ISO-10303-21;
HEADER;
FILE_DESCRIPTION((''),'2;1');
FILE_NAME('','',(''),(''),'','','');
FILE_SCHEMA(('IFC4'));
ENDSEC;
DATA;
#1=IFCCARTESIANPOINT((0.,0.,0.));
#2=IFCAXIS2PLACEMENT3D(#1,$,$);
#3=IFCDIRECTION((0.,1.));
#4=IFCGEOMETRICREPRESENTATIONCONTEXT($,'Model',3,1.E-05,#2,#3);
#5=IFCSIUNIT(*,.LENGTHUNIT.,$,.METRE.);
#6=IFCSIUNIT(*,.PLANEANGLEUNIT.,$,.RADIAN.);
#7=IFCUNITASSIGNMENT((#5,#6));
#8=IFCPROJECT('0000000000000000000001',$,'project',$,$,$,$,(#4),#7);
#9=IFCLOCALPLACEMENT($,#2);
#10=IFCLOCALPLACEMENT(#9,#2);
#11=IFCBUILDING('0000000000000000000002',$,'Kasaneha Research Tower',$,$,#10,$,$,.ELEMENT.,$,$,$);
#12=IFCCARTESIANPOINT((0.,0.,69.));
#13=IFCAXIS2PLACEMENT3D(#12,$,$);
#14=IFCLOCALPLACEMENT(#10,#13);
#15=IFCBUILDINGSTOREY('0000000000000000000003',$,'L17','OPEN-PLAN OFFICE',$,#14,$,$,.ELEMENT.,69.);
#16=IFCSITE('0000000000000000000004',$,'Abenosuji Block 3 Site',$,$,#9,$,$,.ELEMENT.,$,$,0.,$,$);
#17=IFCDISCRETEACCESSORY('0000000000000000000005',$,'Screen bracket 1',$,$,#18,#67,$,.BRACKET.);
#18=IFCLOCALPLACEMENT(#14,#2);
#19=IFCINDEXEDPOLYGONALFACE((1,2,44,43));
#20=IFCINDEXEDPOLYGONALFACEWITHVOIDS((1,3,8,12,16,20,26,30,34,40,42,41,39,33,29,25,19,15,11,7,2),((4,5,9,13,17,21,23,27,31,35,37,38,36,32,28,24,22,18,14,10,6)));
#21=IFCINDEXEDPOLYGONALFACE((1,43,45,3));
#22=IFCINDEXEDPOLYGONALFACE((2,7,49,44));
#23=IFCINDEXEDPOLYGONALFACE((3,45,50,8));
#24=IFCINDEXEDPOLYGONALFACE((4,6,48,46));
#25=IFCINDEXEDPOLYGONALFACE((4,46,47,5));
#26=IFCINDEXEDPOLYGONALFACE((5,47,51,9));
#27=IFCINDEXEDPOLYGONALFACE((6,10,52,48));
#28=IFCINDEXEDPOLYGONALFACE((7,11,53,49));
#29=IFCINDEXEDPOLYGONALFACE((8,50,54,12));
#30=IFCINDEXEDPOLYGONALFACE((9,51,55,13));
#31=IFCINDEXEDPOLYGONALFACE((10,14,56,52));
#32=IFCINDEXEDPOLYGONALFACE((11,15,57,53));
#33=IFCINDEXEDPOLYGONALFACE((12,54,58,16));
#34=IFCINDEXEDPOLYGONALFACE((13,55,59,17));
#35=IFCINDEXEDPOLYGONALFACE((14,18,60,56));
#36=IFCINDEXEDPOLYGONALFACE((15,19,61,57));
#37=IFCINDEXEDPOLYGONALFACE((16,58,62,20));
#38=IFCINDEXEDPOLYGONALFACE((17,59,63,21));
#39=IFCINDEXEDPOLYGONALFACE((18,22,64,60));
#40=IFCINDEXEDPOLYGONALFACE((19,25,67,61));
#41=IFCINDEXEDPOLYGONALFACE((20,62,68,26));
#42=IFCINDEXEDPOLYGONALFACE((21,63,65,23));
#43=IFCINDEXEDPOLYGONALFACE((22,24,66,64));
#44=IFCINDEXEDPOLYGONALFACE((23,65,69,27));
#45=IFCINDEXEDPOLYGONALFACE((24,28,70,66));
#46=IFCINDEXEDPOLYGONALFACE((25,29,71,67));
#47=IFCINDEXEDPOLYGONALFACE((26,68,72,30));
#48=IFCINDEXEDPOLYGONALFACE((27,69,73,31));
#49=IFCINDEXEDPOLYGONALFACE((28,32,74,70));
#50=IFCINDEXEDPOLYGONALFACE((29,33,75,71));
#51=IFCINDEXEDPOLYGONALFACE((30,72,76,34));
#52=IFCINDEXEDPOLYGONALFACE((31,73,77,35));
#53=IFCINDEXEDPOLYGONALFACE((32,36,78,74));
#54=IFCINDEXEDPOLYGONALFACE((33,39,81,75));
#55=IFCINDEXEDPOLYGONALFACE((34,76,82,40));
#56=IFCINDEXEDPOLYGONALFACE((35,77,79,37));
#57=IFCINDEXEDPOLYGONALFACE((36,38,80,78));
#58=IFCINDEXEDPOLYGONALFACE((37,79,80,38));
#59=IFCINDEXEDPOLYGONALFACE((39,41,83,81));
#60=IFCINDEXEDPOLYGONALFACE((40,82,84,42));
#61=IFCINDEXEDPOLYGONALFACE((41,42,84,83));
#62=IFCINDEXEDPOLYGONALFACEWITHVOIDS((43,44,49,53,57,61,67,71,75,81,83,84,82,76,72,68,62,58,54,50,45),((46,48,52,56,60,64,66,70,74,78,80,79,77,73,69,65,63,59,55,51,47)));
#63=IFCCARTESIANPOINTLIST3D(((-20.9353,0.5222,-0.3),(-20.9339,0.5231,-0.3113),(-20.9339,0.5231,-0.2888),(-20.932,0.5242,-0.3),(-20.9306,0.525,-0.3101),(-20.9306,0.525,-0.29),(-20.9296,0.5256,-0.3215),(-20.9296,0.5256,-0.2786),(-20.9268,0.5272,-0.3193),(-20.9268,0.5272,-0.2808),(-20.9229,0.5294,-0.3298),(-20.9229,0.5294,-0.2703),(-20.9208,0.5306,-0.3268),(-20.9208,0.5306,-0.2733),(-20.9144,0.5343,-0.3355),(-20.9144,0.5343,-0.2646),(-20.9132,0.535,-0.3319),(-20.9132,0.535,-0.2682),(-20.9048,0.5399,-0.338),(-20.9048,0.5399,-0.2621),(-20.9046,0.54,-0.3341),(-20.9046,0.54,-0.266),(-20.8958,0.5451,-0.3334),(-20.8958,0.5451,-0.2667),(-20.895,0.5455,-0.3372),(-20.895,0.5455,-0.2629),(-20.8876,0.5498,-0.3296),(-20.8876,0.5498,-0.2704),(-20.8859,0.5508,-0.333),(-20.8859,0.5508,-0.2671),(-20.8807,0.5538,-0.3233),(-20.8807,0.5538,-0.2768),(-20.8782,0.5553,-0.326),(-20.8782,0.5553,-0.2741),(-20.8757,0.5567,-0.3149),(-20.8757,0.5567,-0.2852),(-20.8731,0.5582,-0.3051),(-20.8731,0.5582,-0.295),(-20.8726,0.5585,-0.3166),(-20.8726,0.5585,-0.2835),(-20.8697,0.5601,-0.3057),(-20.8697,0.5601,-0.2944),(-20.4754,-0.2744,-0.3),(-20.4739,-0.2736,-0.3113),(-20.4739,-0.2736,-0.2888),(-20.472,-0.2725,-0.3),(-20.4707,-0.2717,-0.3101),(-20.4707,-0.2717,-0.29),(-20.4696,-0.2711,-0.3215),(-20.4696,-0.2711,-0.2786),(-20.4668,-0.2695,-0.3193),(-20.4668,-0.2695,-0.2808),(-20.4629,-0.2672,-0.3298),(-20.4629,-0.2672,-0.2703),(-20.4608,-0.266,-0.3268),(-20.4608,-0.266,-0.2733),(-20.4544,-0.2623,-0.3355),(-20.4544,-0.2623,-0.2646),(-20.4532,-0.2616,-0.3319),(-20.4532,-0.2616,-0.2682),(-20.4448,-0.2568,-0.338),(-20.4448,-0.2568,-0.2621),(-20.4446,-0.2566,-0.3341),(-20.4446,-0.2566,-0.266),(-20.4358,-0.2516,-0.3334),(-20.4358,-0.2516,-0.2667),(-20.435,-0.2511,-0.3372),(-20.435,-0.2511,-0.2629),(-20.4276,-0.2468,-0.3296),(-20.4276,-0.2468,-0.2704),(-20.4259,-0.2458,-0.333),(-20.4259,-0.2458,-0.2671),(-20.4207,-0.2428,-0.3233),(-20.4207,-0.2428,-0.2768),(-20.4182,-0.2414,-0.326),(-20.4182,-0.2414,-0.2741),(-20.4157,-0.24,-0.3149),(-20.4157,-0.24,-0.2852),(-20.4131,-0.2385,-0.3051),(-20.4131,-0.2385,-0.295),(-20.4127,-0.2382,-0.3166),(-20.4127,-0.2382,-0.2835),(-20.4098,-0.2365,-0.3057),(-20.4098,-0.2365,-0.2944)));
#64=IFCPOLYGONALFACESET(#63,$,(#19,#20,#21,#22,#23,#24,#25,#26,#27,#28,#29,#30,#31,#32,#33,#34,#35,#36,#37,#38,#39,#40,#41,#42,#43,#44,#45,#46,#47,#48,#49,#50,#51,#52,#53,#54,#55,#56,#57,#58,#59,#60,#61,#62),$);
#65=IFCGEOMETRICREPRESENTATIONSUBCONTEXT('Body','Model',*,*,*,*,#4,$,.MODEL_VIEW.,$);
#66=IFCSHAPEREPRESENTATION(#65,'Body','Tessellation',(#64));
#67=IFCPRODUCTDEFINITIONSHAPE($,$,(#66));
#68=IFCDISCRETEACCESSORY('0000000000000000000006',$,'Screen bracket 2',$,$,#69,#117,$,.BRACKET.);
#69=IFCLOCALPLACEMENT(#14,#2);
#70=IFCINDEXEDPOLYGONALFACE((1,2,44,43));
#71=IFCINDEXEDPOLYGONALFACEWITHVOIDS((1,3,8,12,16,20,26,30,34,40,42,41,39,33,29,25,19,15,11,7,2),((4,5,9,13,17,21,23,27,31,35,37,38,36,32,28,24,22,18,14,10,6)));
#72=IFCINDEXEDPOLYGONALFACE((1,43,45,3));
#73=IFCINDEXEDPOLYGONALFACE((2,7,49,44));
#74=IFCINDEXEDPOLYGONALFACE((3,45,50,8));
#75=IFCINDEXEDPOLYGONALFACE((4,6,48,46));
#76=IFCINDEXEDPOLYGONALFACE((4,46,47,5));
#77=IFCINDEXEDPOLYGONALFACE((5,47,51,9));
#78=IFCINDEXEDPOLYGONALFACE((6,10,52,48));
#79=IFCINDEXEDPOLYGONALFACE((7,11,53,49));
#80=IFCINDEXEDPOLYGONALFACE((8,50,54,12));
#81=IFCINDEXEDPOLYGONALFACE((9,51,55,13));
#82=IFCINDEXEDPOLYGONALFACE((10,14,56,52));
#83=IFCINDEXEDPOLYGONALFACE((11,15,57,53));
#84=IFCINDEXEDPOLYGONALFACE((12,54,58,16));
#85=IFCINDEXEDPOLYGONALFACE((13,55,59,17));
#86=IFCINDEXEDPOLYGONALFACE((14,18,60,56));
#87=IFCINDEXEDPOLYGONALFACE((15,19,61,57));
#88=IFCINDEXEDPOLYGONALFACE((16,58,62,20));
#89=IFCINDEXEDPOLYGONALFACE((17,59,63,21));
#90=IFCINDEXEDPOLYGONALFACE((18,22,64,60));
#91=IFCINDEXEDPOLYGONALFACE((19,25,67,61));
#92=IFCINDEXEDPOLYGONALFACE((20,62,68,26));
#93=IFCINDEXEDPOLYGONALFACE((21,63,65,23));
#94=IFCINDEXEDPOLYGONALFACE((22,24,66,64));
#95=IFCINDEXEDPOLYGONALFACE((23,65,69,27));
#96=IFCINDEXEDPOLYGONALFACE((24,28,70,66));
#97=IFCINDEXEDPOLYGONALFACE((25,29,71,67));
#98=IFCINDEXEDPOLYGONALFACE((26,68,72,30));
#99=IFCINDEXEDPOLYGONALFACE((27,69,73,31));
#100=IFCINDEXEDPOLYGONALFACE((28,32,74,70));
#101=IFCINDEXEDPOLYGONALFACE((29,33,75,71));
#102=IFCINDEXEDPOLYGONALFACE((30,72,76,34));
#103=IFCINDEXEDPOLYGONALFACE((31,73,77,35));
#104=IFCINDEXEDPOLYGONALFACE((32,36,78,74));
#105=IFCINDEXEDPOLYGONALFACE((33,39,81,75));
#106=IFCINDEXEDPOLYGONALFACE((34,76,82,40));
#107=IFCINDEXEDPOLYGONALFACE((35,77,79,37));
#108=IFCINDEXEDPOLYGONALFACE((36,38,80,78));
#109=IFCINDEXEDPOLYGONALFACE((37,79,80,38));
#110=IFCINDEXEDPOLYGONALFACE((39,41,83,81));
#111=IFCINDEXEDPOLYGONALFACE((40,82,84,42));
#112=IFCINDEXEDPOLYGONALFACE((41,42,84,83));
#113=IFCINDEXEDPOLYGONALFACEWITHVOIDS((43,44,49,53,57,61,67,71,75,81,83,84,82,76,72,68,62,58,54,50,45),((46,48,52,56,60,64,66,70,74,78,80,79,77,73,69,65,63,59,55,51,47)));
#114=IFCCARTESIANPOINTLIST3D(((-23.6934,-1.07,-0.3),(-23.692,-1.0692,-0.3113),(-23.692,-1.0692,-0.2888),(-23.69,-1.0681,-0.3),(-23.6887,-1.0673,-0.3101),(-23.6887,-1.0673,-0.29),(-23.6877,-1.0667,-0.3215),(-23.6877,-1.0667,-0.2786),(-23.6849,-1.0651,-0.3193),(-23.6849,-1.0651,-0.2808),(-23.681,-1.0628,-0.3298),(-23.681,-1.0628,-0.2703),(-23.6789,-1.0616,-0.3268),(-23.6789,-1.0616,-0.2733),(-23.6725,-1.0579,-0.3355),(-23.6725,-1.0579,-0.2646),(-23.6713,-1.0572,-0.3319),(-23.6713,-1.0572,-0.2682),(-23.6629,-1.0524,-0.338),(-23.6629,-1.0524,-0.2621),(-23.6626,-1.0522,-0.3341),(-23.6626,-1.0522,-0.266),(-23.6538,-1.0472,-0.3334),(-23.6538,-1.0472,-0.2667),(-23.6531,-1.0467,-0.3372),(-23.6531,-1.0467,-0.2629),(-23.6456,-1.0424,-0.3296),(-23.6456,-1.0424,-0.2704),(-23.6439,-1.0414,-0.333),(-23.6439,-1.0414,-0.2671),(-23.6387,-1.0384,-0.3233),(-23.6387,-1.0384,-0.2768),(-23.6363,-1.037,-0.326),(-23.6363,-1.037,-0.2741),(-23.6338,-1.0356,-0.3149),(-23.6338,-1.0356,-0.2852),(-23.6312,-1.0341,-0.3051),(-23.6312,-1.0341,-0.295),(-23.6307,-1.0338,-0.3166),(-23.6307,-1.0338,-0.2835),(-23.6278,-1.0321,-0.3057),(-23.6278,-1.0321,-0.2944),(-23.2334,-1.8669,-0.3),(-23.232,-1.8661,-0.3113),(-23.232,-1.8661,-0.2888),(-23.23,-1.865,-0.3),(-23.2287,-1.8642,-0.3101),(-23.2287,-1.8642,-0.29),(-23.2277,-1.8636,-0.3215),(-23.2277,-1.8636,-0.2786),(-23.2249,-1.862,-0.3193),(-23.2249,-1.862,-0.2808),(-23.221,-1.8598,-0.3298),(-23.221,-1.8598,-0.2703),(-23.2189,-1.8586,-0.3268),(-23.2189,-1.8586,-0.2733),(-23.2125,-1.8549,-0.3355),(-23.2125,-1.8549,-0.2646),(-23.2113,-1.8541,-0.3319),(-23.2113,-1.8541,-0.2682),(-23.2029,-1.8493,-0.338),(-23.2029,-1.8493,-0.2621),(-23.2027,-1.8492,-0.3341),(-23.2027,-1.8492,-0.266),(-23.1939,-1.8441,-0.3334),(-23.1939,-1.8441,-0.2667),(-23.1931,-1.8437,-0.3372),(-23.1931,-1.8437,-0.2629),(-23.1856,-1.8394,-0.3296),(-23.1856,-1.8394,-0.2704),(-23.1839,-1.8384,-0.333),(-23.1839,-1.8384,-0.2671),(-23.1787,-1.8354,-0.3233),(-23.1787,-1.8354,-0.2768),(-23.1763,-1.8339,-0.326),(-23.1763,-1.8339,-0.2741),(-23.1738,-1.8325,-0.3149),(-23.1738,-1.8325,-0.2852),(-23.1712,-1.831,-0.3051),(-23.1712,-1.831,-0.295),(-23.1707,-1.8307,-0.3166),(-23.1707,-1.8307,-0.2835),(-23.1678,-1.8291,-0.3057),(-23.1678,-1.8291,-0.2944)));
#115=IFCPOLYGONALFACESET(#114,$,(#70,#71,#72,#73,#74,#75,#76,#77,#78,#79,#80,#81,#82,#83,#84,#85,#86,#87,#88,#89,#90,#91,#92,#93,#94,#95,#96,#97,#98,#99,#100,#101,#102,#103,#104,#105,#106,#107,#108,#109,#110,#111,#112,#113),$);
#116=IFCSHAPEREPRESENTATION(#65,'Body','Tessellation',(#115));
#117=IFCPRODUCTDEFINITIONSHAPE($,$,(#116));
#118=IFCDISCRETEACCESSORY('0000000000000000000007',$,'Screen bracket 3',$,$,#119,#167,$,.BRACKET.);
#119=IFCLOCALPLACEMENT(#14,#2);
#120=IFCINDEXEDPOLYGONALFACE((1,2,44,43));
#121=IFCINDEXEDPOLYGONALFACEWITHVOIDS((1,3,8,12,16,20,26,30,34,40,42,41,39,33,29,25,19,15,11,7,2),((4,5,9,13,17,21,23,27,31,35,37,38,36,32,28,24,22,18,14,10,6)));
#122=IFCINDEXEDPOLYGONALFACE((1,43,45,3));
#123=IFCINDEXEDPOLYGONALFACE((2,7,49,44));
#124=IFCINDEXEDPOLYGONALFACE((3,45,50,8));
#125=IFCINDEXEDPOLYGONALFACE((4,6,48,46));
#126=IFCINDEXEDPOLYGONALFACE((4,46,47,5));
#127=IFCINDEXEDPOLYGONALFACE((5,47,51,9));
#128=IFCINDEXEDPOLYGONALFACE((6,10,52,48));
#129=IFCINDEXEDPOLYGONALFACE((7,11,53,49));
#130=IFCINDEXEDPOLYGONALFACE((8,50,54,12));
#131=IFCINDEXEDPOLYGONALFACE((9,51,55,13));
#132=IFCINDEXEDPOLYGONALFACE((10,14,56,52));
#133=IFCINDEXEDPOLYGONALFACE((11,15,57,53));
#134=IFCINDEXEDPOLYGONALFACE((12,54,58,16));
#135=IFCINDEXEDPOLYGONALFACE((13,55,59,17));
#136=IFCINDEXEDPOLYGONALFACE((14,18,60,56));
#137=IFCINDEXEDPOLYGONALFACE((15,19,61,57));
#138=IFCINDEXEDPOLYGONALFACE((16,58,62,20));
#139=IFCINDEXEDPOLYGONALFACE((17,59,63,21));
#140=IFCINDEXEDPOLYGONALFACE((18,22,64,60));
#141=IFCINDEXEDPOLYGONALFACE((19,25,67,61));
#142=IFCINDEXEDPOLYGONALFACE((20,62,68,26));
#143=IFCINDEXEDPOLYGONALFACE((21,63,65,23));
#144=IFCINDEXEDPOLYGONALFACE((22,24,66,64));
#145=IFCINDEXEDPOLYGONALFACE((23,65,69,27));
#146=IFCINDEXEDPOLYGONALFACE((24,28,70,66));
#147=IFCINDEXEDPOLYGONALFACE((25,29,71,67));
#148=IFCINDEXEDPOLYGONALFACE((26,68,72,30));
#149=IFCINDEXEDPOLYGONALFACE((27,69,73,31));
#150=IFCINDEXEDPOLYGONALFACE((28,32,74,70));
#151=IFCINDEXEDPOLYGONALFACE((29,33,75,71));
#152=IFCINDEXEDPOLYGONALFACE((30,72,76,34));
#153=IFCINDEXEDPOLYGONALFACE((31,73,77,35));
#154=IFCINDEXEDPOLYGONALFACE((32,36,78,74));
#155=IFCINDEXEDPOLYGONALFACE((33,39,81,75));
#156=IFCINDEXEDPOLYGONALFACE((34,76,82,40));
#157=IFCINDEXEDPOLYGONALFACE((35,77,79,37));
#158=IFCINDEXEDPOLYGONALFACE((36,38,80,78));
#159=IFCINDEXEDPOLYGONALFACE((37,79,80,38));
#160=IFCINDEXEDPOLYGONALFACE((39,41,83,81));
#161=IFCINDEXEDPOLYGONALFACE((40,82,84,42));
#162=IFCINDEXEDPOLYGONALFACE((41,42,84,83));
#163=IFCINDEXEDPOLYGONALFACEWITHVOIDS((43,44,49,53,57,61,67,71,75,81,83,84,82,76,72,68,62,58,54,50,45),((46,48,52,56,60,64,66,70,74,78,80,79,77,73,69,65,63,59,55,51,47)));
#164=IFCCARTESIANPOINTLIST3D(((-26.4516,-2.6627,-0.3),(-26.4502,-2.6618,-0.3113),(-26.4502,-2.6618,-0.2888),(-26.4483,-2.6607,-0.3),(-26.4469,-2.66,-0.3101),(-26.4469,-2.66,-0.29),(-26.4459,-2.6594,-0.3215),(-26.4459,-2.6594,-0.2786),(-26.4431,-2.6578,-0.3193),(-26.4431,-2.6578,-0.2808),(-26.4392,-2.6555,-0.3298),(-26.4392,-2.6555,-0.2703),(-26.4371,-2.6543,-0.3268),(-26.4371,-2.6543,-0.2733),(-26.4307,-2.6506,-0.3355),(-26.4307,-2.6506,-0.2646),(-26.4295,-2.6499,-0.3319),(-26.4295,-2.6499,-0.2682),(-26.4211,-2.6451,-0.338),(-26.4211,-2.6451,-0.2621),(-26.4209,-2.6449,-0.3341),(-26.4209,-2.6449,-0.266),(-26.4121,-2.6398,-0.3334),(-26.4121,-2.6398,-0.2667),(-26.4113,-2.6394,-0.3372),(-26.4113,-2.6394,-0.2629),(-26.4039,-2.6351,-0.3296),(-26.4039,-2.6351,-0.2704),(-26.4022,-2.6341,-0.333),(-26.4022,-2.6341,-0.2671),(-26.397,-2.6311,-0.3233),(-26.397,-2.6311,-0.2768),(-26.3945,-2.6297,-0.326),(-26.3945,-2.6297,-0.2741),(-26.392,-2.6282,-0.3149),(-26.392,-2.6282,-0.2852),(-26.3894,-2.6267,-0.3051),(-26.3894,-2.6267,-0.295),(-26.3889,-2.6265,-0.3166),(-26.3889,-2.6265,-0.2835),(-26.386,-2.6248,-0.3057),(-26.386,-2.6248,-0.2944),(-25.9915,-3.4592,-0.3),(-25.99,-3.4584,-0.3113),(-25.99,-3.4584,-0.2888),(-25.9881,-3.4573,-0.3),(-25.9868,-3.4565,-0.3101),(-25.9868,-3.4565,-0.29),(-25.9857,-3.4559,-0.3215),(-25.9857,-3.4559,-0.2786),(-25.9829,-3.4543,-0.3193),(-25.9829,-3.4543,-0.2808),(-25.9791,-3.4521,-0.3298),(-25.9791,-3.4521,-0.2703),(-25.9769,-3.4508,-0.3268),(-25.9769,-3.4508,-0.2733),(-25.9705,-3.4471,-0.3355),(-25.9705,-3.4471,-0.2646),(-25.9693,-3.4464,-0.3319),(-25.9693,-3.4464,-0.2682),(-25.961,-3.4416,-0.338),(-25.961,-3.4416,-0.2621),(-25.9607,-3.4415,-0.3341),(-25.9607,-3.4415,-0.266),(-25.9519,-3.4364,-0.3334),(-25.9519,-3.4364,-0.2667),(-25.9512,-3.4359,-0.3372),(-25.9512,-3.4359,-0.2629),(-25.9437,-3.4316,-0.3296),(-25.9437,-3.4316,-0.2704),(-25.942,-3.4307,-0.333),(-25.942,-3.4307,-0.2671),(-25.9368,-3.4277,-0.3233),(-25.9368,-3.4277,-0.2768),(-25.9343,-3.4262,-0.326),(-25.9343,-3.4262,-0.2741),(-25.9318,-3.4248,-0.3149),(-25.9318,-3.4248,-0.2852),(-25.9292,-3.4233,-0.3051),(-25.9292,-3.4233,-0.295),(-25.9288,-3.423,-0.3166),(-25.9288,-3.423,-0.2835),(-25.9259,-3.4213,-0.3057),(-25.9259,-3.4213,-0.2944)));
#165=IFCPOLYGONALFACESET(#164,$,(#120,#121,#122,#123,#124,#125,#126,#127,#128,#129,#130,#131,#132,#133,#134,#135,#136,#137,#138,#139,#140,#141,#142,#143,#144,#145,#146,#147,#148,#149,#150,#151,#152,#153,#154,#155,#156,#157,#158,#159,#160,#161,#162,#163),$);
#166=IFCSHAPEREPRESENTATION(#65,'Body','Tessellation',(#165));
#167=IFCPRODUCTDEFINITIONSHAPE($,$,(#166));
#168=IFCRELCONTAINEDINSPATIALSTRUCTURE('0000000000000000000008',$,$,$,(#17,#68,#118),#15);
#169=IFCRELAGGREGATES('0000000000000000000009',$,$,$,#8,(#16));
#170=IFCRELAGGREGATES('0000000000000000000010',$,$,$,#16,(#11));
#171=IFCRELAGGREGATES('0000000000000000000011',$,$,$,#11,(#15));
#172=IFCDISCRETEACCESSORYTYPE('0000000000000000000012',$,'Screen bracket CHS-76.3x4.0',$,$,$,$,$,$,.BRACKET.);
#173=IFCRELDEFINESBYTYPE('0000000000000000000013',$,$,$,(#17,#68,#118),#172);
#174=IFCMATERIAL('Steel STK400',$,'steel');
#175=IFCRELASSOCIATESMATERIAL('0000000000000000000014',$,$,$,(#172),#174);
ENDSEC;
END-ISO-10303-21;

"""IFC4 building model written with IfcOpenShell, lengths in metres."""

from ifc_helpers import new_model, si_unit, direction, frame, origin, origin_2d, place, context, subcontext, project, spatial, hollow_circle, extrude, material, material_profile, profile_set, type_object, element, save


model = new_model("IFC4")

# Units and contexts
model_context = context("Model", 3, precision=1e-05, world=origin(), true_north=direction((0.0, 1.0)))
body_context = subcontext(model_context, "Body", "Model", "MODEL_VIEW")
ifc_project = project(units=[si_unit("LENGTHUNIT", "METRE"), si_unit("PLANEANGLEUNIT", "RADIAN")], contexts=[model_context])

# Site, building, storey
site_placement = place(None, origin())
site = spatial("IfcSite", under=ifc_project, at=site_placement, Name="Abenosuji Block 3 Site", CompositionType="ELEMENT", RefElevation=0.0)
building_placement = place(site_placement, origin())
building = spatial("IfcBuilding", under=site, at=building_placement, Name="Kasaneha Research Tower", CompositionType="ELEMENT")
storey_placement = place(building_placement, frame((0.0, 0.0, 69.0)))
storey = spatial("IfcBuildingStorey", under=building, at=storey_placement, Name="L17", Description="OPEN-PLAN OFFICE", CompositionType="ELEMENT", Elevation=69.0)

# Discrete accessories
ifc_material_1 = material(Name="Steel STK400", Category="steel")
ifc_material_profile_1 = material_profile(ifc_material_1, hollow_circle(Radius=0.0381, WallThickness=0.0039, at=origin_2d()), Name="CHS-76.3x4.0")
ifc_profile_set_1 = profile_set([ifc_material_profile_1], Name="Steel STK400")
discrete_accessory_type = type_object("IfcDiscreteAccessoryType", Name="Screen bracket CHS-76.3x4.0", PredefinedType="BRACKET", material=ifc_profile_set_1)
discrete_accessory_1_placement = place(storey_placement, frame((-20.4424, -0.2554, -0.3), z_axis=(-0.500021, 0.866013, 0.0), x_axis=(-0.866013, -0.500021, 0.0)))
element("IfcDiscreteAccessory", 1, at=discrete_accessory_1_placement, inside=storey, type_object=discrete_accessory_type, Name="Screen bracket 1", PredefinedType="BRACKET", context=body_context, shape_type="SweptSolid", body=[
    extrude(hollow_circle(Radius=0.0381, WallThickness=0.0039, at=origin_2d()), origin(), (0.0, 0.0, 1.0), 0.9199),
])
discrete_accessory_2_placement = place(storey_placement, frame((-23.2004, -1.8479, -0.3), z_axis=(-0.499906, 0.86608, 0.0), x_axis=(-0.86608, -0.499906, 0.0)))
element("IfcDiscreteAccessory", 2, at=discrete_accessory_2_placement, inside=storey, type_object=discrete_accessory_type, Name="Screen bracket 2", PredefinedType="BRACKET", context=body_context, shape_type="SweptSolid", body=[
    extrude(hollow_circle(Radius=0.0381, WallThickness=0.0039, at=origin_2d()), origin(), (0.0, 0.0, 1.0), 0.9202),
])
discrete_accessory_3_placement = place(storey_placement, frame((-25.9585, -3.4402, -0.3), z_axis=(-0.50022, 0.865898, 0.0), x_axis=(-0.865898, -0.50022, 0.0)))
element("IfcDiscreteAccessory", 3, at=discrete_accessory_3_placement, inside=storey, type_object=discrete_accessory_type, Name="Screen bracket 3", PredefinedType="BRACKET", context=body_context, shape_type="SweptSolid", body=[
    extrude(hollow_circle(Radius=0.0381, WallThickness=0.0039, at=origin_2d()), origin(), (0.0, 0.0, 1.0), 0.9199),
])

save(model, "model.ifc")
